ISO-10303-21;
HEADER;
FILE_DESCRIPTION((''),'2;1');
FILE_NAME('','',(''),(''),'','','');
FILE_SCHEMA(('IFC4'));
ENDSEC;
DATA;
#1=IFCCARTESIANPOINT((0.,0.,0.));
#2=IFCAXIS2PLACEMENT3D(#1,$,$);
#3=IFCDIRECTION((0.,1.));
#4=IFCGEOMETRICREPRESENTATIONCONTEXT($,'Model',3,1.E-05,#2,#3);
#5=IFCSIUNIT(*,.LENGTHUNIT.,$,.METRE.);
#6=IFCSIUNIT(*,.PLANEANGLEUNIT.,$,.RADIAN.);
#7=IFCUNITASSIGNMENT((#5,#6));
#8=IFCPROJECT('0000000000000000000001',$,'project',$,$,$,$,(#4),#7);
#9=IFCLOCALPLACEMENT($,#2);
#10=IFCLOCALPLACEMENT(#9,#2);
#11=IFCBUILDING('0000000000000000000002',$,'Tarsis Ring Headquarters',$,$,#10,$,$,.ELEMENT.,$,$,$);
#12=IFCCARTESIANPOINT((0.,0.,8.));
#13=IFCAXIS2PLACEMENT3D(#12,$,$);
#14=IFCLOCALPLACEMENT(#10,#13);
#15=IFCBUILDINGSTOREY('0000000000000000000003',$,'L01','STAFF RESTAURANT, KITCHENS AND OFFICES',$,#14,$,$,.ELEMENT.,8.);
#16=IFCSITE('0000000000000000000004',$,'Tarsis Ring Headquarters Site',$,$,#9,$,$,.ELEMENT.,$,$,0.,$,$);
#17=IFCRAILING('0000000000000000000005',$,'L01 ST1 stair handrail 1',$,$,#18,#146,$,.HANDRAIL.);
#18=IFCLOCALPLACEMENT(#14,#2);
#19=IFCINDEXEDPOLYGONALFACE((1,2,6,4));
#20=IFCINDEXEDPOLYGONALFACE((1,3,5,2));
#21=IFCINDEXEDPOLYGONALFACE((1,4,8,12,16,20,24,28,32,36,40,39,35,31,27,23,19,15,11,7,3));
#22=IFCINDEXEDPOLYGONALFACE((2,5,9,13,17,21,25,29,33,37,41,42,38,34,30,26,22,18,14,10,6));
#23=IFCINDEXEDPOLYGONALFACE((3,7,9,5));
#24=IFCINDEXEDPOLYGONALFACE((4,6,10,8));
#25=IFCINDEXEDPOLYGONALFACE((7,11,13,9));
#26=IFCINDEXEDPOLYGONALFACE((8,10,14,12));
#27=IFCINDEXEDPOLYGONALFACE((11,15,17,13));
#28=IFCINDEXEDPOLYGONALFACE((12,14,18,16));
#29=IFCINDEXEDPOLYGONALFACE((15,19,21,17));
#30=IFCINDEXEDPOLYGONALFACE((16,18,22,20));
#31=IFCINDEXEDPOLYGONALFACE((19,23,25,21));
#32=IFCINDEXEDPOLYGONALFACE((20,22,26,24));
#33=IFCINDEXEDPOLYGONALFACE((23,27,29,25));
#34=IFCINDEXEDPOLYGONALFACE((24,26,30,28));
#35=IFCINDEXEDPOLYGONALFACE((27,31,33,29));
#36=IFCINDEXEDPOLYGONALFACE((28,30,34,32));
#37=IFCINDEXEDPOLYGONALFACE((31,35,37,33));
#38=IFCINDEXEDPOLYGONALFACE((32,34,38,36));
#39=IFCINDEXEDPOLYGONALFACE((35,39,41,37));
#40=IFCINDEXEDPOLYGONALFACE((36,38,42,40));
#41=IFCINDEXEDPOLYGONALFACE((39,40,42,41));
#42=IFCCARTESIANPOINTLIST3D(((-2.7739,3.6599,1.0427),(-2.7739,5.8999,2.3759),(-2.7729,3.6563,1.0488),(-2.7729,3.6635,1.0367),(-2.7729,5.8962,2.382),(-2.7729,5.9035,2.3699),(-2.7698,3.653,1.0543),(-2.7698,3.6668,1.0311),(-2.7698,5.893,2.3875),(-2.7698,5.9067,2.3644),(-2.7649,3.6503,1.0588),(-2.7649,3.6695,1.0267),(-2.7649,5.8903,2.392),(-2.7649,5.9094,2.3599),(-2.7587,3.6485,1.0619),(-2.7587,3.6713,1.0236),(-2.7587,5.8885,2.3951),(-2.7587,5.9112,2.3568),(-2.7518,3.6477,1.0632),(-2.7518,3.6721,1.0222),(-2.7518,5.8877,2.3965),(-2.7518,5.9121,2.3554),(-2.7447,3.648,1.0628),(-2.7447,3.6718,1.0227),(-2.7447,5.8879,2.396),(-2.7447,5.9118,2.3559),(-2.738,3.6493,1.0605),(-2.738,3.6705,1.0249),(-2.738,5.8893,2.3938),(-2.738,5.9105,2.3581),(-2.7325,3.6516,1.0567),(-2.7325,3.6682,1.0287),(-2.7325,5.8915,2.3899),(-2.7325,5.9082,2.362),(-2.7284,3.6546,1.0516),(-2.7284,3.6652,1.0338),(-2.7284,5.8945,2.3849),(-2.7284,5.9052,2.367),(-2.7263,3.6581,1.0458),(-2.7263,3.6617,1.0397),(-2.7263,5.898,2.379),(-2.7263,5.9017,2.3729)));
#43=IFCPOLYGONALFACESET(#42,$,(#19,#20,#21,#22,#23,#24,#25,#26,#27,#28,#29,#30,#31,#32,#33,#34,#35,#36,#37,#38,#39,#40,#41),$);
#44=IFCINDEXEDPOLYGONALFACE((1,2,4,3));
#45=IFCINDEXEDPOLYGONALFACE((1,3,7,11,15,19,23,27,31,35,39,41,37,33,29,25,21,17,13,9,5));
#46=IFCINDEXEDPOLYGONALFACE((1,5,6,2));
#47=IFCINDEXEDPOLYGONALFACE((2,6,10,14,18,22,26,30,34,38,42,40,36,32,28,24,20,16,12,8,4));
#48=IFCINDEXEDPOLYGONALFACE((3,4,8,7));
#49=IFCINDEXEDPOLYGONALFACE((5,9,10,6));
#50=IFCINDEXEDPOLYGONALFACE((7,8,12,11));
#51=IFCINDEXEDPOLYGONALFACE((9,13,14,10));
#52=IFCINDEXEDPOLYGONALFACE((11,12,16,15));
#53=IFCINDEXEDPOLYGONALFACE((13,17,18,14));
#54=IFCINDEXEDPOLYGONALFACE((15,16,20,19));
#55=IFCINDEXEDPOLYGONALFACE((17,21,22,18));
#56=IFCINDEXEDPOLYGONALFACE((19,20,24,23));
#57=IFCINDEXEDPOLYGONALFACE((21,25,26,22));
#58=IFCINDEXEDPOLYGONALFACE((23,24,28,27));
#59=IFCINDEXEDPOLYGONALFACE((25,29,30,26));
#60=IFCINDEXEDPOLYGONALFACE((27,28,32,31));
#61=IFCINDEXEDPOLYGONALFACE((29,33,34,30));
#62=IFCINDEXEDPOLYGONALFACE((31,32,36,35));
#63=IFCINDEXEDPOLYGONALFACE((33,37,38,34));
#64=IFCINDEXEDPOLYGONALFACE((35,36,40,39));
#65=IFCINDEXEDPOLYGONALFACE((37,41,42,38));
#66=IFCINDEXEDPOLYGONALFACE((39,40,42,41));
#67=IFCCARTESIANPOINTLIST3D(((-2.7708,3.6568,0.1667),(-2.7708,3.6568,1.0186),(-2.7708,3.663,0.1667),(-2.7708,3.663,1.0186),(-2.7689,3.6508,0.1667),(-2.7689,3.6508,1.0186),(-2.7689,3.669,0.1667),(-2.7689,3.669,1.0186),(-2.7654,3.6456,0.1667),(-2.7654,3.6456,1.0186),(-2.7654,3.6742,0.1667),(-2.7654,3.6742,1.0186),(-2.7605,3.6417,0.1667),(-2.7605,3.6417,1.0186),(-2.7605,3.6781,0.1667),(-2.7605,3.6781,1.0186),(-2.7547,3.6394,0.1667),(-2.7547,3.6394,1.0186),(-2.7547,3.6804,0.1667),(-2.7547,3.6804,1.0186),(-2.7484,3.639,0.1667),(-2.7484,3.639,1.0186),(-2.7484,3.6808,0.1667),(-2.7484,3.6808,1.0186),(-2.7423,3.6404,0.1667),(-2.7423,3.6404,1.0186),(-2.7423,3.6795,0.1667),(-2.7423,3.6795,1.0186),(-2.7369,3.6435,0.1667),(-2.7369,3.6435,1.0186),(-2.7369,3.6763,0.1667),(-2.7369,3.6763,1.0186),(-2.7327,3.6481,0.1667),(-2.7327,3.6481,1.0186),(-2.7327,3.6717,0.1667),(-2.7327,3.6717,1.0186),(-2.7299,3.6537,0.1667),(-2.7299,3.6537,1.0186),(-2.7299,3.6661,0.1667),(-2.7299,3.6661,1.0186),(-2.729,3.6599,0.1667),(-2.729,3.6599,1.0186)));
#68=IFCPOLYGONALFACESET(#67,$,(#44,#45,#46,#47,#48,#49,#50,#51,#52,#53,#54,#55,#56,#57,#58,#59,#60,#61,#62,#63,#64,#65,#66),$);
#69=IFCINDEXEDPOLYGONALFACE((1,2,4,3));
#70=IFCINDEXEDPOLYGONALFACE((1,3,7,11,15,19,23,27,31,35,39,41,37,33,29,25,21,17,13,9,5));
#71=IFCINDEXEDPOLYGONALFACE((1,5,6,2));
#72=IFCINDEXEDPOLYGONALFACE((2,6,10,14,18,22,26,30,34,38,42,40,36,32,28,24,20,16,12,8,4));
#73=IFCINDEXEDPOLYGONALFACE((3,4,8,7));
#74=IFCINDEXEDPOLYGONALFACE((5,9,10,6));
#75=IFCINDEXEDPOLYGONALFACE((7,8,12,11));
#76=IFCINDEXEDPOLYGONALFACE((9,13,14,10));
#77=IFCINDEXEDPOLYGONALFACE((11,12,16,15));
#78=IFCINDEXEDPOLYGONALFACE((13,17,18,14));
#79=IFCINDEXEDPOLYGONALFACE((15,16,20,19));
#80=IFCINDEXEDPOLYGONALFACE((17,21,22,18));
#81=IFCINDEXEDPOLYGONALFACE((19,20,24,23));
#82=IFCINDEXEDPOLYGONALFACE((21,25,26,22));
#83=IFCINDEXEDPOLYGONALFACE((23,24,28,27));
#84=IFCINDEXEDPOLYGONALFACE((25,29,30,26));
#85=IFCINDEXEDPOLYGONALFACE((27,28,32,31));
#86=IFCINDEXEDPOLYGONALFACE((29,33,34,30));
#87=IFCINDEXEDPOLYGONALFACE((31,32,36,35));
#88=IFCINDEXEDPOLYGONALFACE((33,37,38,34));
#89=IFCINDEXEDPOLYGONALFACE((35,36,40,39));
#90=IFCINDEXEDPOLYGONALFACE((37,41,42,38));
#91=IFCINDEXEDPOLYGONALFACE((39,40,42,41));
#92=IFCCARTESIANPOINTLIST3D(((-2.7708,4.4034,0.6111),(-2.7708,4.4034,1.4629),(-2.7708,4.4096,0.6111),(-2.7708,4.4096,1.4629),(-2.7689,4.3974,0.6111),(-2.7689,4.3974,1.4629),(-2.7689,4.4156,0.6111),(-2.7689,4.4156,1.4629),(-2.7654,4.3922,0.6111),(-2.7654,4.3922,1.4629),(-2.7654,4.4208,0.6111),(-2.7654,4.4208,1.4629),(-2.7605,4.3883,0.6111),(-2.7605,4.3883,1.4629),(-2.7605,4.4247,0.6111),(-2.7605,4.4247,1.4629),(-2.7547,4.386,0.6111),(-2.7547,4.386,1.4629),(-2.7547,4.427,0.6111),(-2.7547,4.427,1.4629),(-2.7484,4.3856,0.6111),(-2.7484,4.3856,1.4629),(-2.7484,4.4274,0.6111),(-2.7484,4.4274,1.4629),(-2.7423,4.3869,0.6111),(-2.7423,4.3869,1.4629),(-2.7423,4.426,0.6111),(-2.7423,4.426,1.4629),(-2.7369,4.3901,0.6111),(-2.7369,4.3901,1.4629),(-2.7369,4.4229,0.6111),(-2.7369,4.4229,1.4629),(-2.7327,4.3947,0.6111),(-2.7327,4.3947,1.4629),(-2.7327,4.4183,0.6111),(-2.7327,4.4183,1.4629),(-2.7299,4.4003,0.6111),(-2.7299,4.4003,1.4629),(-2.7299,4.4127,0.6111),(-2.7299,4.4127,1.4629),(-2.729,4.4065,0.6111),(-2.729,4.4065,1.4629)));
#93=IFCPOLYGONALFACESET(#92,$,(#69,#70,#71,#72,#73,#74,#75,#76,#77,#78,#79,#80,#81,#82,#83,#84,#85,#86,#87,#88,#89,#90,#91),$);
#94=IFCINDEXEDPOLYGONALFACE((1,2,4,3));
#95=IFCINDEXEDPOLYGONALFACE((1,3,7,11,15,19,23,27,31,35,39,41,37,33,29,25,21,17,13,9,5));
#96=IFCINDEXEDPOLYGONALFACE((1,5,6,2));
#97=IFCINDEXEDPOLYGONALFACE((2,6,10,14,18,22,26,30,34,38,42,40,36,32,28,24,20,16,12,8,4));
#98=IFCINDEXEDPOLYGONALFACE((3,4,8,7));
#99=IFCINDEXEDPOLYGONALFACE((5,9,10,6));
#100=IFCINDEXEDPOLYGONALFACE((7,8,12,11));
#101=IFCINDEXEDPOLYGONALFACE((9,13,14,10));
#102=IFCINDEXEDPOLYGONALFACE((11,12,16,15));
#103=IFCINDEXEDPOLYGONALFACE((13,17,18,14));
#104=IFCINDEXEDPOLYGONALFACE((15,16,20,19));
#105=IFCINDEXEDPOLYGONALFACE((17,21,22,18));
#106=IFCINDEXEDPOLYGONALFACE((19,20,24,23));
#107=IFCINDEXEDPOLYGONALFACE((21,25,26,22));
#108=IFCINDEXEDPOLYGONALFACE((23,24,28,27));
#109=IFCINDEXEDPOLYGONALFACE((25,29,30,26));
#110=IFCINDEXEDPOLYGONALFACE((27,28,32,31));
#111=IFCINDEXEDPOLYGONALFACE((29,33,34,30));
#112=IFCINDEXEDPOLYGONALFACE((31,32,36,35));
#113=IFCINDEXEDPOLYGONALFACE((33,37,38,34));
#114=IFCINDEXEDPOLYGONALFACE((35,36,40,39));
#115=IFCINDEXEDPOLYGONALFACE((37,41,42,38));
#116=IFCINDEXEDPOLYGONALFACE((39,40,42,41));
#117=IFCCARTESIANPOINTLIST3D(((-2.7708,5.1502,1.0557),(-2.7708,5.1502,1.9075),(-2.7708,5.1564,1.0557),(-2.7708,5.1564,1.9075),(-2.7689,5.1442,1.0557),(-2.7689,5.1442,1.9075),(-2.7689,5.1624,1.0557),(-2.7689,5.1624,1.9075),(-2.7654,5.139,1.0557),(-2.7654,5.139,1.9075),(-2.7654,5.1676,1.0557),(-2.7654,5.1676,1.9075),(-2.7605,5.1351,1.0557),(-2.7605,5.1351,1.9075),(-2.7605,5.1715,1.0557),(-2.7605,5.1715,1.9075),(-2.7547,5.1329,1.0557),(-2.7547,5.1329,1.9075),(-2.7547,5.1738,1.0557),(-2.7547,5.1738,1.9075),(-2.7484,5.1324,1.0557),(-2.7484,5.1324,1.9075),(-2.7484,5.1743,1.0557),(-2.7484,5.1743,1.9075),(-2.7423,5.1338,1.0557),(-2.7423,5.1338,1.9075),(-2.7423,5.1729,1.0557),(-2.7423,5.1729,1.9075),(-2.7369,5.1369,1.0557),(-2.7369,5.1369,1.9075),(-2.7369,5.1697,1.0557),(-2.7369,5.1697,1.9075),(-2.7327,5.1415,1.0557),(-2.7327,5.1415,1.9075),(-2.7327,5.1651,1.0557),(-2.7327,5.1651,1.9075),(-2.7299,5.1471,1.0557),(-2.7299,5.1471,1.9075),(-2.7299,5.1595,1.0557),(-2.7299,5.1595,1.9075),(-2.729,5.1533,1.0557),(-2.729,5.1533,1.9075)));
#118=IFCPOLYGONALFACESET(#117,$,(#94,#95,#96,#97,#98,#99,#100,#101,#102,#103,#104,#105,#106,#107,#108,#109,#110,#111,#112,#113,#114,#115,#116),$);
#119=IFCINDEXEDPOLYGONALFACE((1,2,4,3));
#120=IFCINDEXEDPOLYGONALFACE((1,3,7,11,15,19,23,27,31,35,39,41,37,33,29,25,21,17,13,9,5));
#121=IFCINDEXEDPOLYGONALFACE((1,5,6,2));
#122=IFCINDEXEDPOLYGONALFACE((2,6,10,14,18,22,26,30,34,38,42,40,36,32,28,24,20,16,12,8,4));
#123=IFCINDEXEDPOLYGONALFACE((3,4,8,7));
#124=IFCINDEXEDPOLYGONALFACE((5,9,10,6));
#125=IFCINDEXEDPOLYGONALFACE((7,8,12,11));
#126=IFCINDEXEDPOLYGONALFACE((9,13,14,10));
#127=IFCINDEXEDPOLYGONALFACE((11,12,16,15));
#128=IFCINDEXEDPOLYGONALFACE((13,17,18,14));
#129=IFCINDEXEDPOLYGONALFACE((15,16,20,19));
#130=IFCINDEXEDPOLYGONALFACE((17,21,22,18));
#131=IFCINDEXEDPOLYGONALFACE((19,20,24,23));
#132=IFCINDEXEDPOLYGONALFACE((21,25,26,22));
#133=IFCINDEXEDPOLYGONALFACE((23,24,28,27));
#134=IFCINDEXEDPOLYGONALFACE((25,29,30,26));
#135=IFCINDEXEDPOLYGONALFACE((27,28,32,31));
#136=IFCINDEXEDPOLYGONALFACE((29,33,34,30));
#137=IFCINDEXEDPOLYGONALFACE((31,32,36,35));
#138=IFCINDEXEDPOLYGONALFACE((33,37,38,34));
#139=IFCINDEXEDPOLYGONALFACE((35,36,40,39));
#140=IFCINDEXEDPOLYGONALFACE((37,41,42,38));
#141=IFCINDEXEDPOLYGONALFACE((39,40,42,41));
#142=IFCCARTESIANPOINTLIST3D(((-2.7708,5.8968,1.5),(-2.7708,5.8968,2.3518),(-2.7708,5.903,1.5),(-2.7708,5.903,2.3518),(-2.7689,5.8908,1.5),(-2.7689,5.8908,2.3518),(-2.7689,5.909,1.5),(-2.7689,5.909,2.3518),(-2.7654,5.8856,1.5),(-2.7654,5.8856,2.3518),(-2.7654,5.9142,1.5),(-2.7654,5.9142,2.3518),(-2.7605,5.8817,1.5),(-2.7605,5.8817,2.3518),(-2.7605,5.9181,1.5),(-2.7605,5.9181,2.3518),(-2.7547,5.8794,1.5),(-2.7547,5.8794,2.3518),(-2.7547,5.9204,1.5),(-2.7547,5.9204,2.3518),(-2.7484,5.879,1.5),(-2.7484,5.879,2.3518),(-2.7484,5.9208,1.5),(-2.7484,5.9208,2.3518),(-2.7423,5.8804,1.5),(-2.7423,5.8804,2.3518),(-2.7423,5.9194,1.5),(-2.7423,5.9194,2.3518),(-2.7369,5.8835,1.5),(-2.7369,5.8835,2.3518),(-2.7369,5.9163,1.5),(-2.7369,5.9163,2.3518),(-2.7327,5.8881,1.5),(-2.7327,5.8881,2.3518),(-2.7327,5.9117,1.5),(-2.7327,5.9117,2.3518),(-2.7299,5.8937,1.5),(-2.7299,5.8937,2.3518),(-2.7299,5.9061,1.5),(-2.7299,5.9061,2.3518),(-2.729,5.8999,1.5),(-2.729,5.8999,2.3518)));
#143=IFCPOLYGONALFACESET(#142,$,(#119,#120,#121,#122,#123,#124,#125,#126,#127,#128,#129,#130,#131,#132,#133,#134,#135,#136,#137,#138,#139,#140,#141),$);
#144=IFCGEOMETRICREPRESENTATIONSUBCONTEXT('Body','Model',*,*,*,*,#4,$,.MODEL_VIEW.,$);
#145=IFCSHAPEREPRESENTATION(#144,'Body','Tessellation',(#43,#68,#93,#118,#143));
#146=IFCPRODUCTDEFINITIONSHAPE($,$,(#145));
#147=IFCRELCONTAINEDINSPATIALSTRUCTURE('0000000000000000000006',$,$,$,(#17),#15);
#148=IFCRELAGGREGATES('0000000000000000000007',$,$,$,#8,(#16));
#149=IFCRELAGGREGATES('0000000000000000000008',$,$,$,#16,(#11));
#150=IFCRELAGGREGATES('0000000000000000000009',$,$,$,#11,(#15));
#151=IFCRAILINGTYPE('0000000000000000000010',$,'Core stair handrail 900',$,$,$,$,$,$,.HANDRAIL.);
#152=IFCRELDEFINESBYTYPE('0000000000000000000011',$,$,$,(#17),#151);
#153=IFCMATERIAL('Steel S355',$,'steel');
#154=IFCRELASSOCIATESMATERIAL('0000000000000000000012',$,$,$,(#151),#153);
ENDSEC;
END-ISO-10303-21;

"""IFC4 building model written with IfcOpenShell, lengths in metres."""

from ifc_helpers import new_model, si_unit, direction, frame, origin, origin_2d, place, context, subcontext, project, spatial, circle, extrude, material, type_object, element, save


model = new_model("IFC4")

# Units and contexts
model_context = context("Model", 3, precision=1e-05, world=origin(), true_north=direction((0.0, 1.0)))
body_context = subcontext(model_context, "Body", "Model", "MODEL_VIEW")
ifc_project = project(units=[si_unit("LENGTHUNIT", "METRE"), si_unit("PLANEANGLEUNIT", "RADIAN")], contexts=[model_context])

# Site, building, storey
site_placement = place(None, origin())
site = spatial("IfcSite", under=ifc_project, at=site_placement, Name="Tarsis Ring Headquarters Site", CompositionType="ELEMENT", RefElevation=0.0)
building_placement = place(site_placement, origin())
building = spatial("IfcBuilding", under=site, at=building_placement, Name="Tarsis Ring Headquarters", CompositionType="ELEMENT")
storey_placement = place(building_placement, frame((0.0, 0.0, 8.0)))
storey = spatial("IfcBuildingStorey", under=building, at=storey_placement, Name="L01", Description="STAFF RESTAURANT, KITCHENS AND OFFICES", CompositionType="ELEMENT", Elevation=8.0)

# Shared definitions
ifc_material_1 = material(Name="Steel S355", Category="steel")

# Railing
railing_type_1 = type_object("IfcRailingType", Name="Core stair handrail 900", PredefinedType="HANDRAIL", material=ifc_material_1)
railing_1_placement = place(storey_placement, frame((-2.75, 3.6599, 0.1667)))
element("IfcRailing", 1, at=railing_1_placement, inside=storey, type_object=railing_type_1, Name="L01 ST1 stair handrail 1", PredefinedType="HANDRAIL", context=body_context, shape_type="SweptSolid", body=[
    extrude(circle(Radius=0.0239, at=origin_2d()), frame((0.0, 0.0, 0.876), z_axis=(0.0, 0.859306, 0.511462), x_axis=(-1.0, 0.0, 0.0)), (0.0, 0.0, 1.0), 2.6067),
    extrude(circle(Radius=0.021, at=origin_2d()), origin(), (0.0, 0.0, 1.0), 0.8518),
    extrude(circle(Radius=0.021, at=origin_2d()), frame((0.0, 0.7466, 0.4443)), (0.0, 0.0, 1.0), 0.8518),
    extrude(circle(Radius=0.021, at=origin_2d()), frame((0.0, 1.4934, 0.8889)), (0.0, 0.0, 1.0), 0.8518),
    extrude(circle(Radius=0.021, at=origin_2d()), frame((0.0, 2.24, 1.3333)), (0.0, 0.0, 1.0), 0.8518),
])

save(model, "model.ifc")
